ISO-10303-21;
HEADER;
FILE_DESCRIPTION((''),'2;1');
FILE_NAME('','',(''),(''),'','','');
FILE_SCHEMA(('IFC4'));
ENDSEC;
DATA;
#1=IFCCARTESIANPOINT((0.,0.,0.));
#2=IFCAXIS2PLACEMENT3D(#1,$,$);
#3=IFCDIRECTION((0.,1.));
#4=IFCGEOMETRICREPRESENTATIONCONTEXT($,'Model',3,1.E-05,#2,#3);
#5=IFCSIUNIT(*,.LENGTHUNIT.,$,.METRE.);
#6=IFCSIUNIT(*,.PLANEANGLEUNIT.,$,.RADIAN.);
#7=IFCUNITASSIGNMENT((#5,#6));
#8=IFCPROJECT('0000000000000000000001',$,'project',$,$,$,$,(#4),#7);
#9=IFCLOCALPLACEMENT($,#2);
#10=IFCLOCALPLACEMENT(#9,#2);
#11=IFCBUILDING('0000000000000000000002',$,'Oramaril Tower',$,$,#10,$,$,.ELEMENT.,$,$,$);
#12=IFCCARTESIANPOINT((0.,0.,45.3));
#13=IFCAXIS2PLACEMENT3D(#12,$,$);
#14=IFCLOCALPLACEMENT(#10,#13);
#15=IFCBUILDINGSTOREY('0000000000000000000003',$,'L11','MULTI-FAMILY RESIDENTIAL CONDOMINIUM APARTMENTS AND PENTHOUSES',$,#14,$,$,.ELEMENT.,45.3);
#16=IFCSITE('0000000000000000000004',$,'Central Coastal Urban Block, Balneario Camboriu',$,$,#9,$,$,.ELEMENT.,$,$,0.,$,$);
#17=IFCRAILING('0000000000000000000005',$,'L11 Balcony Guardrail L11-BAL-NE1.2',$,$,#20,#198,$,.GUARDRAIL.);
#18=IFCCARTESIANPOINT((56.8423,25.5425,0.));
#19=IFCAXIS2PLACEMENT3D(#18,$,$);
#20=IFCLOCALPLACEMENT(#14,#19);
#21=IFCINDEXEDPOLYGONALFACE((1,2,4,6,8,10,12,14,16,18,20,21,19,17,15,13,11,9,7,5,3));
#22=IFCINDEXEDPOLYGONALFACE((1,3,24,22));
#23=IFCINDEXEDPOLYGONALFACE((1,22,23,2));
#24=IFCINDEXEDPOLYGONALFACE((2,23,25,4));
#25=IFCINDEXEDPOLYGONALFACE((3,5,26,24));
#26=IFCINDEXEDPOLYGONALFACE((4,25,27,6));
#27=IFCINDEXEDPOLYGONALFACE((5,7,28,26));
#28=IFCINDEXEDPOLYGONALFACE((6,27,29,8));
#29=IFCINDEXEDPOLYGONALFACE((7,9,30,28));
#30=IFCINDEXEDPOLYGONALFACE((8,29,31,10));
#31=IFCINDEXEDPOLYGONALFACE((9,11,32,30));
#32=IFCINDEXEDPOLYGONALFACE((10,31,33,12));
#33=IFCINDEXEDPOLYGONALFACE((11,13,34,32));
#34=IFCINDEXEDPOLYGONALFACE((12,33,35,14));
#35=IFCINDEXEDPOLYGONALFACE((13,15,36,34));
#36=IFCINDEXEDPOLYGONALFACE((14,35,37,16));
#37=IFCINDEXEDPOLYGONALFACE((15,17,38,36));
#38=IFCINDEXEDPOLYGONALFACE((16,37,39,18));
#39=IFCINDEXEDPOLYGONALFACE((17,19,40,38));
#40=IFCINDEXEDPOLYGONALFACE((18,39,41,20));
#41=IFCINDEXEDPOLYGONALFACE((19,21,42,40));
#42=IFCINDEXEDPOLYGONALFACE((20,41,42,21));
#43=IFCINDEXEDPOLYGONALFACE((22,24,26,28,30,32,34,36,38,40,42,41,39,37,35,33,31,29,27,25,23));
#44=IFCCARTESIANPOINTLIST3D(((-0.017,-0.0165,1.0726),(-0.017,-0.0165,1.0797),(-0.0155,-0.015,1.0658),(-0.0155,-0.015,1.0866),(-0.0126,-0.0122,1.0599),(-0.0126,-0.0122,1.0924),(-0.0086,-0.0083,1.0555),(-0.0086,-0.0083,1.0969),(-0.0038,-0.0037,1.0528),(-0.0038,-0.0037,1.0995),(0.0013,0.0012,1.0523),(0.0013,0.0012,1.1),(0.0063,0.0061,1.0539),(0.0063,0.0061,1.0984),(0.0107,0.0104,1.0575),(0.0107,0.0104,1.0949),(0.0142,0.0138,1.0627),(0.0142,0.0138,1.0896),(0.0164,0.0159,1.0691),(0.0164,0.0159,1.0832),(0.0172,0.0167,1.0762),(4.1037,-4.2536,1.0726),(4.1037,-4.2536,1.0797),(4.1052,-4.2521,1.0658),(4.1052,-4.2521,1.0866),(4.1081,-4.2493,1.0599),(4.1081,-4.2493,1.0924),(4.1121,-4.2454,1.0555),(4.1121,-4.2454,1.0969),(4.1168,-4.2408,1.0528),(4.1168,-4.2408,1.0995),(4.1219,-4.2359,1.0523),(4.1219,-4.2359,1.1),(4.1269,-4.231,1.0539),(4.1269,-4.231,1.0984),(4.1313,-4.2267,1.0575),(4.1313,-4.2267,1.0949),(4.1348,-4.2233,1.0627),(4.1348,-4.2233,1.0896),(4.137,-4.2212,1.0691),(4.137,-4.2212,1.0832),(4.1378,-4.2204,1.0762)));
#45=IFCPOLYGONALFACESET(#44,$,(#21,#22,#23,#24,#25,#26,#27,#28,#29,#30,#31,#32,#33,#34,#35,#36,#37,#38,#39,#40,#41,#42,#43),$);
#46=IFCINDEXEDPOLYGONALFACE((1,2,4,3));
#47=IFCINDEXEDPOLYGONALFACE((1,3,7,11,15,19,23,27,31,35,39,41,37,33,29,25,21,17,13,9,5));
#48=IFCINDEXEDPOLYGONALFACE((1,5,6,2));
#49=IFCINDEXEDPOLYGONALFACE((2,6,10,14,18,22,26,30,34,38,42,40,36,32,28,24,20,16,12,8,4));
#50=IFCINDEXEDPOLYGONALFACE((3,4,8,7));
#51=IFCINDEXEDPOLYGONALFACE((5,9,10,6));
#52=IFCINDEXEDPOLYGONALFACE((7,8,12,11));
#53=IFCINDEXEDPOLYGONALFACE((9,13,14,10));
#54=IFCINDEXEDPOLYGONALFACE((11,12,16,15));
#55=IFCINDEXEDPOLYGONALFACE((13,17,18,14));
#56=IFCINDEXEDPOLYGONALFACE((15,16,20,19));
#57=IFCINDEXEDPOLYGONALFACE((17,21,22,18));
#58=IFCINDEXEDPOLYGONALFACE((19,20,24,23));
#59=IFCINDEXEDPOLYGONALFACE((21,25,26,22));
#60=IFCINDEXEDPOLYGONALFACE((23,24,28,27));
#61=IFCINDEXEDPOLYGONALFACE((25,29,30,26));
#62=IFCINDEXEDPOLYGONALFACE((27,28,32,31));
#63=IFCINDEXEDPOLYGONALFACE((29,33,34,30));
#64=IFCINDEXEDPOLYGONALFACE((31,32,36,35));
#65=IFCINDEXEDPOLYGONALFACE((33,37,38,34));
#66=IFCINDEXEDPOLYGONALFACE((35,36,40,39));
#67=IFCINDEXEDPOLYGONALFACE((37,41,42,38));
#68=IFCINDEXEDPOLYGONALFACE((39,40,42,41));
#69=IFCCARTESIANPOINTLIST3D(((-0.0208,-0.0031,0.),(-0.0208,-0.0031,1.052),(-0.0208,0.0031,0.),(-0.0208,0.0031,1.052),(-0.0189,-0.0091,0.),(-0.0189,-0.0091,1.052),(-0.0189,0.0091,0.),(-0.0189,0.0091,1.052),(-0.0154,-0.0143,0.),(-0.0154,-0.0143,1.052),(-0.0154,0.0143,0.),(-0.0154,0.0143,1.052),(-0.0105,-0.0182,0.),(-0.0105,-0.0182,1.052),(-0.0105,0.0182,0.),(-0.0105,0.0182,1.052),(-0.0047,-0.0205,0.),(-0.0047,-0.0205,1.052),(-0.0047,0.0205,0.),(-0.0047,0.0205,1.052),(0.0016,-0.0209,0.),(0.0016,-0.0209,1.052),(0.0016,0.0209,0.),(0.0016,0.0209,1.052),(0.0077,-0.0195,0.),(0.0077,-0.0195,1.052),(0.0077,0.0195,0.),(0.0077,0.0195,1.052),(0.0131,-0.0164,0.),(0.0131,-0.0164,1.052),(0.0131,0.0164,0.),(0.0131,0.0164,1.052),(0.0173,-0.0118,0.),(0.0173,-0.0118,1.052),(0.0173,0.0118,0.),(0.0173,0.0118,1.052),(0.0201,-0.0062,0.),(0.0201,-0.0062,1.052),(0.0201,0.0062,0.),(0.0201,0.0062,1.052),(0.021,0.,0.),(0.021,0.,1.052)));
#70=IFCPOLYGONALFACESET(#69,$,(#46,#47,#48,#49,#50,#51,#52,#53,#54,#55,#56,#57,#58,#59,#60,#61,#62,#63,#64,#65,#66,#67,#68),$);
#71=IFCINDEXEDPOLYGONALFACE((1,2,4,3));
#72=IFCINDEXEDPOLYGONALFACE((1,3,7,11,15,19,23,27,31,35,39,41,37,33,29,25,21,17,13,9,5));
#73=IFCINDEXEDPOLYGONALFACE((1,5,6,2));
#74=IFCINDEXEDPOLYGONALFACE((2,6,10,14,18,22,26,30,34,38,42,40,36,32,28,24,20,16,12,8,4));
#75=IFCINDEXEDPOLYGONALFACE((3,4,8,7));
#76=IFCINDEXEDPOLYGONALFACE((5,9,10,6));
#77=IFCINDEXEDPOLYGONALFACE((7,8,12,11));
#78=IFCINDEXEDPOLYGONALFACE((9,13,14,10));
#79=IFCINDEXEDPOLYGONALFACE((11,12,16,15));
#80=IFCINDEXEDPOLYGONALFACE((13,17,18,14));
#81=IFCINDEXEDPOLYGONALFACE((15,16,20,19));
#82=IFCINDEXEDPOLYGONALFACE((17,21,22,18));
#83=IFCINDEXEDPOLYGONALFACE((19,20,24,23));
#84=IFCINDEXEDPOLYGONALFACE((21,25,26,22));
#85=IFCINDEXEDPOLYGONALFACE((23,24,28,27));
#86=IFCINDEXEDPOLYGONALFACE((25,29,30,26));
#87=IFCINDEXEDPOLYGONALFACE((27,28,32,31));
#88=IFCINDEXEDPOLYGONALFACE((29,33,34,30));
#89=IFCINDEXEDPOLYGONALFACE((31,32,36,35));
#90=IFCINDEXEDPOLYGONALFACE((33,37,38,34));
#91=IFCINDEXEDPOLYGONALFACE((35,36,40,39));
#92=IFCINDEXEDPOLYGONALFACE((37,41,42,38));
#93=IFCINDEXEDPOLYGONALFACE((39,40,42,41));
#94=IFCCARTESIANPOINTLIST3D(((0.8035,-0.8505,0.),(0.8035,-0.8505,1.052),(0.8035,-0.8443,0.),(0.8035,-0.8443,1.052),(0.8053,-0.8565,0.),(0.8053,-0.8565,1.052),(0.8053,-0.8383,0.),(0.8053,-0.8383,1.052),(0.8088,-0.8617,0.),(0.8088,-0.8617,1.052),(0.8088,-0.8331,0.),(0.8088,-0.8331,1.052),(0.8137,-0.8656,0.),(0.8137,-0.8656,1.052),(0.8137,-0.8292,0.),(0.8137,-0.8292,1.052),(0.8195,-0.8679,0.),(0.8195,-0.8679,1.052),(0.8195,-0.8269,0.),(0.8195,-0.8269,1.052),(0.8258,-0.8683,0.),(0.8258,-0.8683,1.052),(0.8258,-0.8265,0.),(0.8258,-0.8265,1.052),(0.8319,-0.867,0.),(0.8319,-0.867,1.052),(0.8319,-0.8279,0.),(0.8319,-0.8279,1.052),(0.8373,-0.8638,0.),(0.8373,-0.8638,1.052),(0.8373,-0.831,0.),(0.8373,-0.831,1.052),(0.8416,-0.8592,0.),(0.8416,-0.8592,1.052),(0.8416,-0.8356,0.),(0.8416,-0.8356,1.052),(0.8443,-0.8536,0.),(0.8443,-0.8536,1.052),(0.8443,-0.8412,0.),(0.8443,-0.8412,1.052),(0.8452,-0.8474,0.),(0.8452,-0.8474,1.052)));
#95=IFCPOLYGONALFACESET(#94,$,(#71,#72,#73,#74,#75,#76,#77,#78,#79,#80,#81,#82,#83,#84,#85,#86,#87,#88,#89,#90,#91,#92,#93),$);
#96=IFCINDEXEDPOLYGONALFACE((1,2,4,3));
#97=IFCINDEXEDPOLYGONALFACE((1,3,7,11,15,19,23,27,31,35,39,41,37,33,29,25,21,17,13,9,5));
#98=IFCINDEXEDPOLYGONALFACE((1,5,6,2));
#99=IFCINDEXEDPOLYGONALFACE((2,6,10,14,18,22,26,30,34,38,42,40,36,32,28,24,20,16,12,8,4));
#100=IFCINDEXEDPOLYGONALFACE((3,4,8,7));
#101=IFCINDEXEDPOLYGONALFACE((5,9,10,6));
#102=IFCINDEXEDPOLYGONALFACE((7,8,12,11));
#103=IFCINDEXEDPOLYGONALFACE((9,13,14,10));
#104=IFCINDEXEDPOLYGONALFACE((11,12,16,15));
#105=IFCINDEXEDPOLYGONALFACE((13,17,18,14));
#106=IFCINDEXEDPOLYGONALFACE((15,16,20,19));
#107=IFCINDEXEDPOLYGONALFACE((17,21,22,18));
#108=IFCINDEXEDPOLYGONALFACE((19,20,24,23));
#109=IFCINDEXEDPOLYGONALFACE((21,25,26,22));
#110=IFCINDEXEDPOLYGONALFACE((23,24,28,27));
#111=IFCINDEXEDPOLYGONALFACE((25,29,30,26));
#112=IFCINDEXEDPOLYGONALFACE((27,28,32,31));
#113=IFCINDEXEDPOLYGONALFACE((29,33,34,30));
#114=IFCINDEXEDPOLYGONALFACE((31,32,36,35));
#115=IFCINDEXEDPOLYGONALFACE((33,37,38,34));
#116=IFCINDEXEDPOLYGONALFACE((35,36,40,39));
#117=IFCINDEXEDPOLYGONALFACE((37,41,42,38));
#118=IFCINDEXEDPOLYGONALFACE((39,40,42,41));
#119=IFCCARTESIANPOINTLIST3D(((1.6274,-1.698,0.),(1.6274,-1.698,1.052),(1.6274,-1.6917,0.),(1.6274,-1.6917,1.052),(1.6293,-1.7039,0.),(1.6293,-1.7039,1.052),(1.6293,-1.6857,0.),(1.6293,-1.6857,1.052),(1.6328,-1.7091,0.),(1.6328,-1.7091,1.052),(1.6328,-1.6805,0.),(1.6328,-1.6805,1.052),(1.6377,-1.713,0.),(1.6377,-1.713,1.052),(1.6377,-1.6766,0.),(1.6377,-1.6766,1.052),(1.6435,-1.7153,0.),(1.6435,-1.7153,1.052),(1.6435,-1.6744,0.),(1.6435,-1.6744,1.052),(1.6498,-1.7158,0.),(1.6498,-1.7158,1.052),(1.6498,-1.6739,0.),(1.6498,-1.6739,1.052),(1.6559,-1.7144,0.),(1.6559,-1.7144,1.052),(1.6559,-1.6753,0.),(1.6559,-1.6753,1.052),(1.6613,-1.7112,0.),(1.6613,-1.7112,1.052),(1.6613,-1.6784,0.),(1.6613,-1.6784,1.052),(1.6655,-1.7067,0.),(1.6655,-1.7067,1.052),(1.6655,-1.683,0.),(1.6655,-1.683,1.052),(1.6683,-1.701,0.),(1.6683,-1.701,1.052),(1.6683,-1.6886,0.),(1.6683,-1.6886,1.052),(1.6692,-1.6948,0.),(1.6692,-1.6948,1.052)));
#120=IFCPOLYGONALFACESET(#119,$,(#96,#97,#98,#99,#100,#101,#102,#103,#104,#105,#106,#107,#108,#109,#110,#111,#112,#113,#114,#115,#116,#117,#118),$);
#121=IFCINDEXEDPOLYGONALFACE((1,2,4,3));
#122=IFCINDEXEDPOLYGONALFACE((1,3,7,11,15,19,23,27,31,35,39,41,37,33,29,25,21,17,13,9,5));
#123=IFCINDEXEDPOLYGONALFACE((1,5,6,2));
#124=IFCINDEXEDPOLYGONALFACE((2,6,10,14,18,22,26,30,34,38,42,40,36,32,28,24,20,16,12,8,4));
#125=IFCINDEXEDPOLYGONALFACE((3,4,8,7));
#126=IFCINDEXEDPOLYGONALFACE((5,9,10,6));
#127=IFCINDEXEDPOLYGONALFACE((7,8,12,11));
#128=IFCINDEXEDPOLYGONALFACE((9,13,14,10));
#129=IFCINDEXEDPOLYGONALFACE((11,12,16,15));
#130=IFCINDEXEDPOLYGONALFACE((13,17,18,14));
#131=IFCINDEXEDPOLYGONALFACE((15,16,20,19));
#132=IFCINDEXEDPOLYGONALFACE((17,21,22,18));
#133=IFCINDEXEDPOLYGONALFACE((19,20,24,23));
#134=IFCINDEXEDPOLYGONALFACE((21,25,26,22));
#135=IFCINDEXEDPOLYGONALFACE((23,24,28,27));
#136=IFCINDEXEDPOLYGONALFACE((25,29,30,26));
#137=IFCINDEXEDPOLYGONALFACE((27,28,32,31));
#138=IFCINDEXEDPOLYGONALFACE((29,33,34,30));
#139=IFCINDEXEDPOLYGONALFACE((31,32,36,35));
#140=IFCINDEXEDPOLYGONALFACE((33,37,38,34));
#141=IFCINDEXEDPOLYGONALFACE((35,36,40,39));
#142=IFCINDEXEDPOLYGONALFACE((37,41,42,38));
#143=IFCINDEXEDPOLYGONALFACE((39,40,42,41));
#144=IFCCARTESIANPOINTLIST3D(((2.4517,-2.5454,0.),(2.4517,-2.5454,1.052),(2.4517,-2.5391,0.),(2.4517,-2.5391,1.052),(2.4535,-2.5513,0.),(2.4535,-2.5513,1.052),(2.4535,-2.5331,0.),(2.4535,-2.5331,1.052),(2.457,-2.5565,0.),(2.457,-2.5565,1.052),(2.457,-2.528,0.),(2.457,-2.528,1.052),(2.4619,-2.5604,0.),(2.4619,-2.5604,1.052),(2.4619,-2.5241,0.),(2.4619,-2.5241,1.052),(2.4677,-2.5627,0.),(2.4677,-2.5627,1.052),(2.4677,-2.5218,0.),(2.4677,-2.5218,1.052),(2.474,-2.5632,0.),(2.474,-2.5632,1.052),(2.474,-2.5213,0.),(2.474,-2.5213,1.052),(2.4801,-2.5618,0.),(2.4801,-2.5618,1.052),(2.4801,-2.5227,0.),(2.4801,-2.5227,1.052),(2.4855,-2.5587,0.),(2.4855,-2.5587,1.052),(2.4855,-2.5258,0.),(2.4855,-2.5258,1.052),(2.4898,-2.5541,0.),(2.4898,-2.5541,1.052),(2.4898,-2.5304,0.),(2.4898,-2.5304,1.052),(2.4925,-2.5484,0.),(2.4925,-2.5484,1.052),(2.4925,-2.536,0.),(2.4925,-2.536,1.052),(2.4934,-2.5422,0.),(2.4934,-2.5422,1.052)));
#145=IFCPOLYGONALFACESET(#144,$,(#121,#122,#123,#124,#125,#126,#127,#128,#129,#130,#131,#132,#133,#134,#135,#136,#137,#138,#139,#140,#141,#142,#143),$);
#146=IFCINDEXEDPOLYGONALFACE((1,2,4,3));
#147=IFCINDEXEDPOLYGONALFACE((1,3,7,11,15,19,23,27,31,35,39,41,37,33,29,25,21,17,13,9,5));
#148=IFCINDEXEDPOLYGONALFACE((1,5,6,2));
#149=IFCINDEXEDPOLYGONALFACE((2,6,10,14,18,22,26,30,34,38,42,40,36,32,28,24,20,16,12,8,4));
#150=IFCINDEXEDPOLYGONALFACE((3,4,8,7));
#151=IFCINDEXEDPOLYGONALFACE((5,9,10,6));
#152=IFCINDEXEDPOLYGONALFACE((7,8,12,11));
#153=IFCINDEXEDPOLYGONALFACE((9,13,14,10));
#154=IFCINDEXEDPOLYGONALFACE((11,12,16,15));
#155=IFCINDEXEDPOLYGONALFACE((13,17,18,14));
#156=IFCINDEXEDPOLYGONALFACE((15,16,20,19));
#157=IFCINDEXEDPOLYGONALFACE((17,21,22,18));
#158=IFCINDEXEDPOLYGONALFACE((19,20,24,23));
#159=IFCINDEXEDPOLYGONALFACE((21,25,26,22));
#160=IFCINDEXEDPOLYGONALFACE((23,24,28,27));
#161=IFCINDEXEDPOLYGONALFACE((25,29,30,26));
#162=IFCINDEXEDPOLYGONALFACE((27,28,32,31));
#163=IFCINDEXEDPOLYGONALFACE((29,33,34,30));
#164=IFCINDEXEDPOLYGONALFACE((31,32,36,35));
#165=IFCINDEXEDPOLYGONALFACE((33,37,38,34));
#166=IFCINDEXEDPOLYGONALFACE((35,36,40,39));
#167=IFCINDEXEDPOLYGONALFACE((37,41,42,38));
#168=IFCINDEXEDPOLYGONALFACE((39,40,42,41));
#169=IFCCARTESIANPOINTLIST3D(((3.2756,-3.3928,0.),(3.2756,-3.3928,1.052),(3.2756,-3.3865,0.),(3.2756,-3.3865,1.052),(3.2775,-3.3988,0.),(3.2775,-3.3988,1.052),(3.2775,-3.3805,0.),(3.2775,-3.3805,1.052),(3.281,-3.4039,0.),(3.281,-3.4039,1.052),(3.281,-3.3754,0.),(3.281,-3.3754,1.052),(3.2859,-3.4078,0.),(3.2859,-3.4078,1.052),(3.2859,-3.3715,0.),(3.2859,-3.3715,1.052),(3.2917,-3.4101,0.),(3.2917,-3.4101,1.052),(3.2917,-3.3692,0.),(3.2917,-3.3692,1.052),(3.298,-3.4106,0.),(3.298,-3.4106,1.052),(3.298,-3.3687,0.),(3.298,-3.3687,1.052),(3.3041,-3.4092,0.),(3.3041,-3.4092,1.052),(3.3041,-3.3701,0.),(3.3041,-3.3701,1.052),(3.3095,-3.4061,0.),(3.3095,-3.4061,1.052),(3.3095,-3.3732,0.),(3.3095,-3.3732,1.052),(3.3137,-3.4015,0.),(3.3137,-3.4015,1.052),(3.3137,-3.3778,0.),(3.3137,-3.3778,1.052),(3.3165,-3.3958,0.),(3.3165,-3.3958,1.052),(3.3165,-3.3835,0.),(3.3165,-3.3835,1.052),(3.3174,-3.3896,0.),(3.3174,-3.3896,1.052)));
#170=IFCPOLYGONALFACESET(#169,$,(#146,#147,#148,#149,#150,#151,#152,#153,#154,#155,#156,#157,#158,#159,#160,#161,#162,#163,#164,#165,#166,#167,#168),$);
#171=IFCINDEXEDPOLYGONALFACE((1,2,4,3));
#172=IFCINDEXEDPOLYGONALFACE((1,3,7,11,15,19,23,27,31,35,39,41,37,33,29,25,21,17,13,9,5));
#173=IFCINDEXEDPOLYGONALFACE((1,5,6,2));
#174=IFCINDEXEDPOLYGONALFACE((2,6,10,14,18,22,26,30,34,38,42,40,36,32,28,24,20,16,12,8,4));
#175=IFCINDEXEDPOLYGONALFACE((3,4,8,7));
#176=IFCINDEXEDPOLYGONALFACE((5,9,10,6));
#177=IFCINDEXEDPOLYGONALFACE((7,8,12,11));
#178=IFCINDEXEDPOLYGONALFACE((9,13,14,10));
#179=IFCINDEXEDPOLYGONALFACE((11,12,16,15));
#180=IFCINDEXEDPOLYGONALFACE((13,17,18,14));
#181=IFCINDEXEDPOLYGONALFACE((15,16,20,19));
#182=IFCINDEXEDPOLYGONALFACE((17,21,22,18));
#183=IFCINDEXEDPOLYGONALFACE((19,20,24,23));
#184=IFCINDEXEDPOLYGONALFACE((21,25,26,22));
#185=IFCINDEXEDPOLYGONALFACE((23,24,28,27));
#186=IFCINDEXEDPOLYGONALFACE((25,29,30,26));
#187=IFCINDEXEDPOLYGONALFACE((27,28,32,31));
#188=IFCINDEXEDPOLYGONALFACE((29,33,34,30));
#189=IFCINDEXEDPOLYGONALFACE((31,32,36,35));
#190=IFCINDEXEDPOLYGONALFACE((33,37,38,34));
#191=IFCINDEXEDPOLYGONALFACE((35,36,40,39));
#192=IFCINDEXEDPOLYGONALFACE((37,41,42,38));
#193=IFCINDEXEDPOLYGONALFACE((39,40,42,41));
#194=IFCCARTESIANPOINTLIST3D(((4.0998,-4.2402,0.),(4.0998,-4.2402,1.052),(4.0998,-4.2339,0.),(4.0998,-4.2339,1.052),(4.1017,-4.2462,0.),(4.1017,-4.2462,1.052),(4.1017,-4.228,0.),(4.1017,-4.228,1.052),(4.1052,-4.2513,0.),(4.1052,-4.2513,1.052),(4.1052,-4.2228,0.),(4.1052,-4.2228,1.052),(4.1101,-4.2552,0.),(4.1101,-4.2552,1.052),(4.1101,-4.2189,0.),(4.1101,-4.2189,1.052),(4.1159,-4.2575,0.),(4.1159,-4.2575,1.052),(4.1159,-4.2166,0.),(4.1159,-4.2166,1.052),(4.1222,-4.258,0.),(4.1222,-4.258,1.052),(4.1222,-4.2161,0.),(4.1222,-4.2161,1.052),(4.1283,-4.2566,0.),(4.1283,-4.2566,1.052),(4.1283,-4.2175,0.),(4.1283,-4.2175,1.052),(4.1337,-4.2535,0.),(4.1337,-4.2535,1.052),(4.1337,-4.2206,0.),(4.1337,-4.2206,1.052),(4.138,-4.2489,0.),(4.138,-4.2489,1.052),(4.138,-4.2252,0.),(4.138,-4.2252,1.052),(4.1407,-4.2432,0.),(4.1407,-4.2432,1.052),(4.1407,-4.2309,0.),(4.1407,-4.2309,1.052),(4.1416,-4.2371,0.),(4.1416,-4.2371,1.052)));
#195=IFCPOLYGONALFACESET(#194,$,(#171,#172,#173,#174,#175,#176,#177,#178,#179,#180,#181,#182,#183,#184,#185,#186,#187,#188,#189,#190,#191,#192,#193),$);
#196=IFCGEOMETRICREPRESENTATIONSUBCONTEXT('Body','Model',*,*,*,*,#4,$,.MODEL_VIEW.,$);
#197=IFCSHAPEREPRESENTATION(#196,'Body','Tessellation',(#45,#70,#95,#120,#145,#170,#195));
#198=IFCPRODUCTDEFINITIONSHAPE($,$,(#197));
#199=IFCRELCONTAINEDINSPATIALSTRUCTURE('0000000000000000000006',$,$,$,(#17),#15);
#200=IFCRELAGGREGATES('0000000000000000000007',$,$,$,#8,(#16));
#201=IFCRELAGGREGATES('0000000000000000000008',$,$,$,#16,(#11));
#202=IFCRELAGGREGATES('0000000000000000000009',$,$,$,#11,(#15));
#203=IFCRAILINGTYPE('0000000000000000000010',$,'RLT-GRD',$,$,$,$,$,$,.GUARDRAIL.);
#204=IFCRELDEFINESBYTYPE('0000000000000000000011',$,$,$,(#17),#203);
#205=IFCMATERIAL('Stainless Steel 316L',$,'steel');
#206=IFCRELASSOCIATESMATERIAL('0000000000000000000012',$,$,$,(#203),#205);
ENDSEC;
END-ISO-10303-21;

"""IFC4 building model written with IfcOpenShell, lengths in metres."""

from ifc_helpers import new_model, si_unit, direction, frame, origin, origin_2d, place, context, subcontext, project, spatial, circle, extrude, material, type_object, element, save


model = new_model("IFC4")

# Units and contexts
model_context = context("Model", 3, precision=1e-05, world=origin(), true_north=direction((0.0, 1.0)))
body_context = subcontext(model_context, "Body", "Model", "MODEL_VIEW")
ifc_project = project(units=[si_unit("LENGTHUNIT", "METRE"), si_unit("PLANEANGLEUNIT", "RADIAN")], contexts=[model_context])

# Site, building, storey
site_placement = place(None, origin())
site = spatial("IfcSite", under=ifc_project, at=site_placement, Name="Central Coastal Urban Block, Balneario Camboriu", CompositionType="ELEMENT", RefElevation=0.0)
building_placement = place(site_placement, origin())
building = spatial("IfcBuilding", under=site, at=building_placement, Name="Oramaril Tower", CompositionType="ELEMENT")
storey_placement = place(building_placement, frame((0.0, 0.0, 45.3)))
storey = spatial("IfcBuildingStorey", under=building, at=storey_placement, Name="L11", Description="MULTI-FAMILY RESIDENTIAL CONDOMINIUM APARTMENTS AND PENTHOUSES", CompositionType="ELEMENT", Elevation=45.3)

# Railing
ifc_material_1 = material(Name="Stainless Steel 316L", Category="steel")
railing_type = type_object("IfcRailingType", Name="RLT-GRD", PredefinedType="GUARDRAIL", material=ifc_material_1)
railing_1_placement = place(storey_placement, frame((56.8423, 25.5425, 0.0)))
element("IfcRailing", 1, at=railing_1_placement, inside=storey, type_object=railing_type, Name="L11 Balcony Guardrail L11-BAL-NE1.2", PredefinedType="GUARDRAIL", context=body_context, shape_type="SweptSolid", body=[
    extrude(circle(Radius=0.0239, at=origin_2d()), frame((0.0, 0.0, 1.0762), z_axis=(0.697186, -0.71689, 0.0), x_axis=(0.71689, 0.697186, 0.0)), (0.0, 0.0, 1.0), 5.9104),
    extrude(circle(Radius=0.021, at=origin_2d()), origin(), (0.0, 0.0, 1.0), 1.052),
    extrude(circle(Radius=0.021, at=origin_2d()), frame((0.8242, -0.8474, 0.0)), (0.0, 0.0, 1.0), 1.052),
    extrude(circle(Radius=0.021, at=origin_2d()), frame((1.6482, -1.6948, 0.0)), (0.0, 0.0, 1.0), 1.052),
    extrude(circle(Radius=0.021, at=origin_2d()), frame((2.4724, -2.5422, 0.0)), (0.0, 0.0, 1.0), 1.052),
    extrude(circle(Radius=0.021, at=origin_2d()), frame((3.2964, -3.3896, 0.0)), (0.0, 0.0, 1.0), 1.052),
    extrude(circle(Radius=0.021, at=origin_2d()), frame((4.1206, -4.2371, 0.0)), (0.0, 0.0, 1.0), 1.052),
])

save(model, "model.ifc")
